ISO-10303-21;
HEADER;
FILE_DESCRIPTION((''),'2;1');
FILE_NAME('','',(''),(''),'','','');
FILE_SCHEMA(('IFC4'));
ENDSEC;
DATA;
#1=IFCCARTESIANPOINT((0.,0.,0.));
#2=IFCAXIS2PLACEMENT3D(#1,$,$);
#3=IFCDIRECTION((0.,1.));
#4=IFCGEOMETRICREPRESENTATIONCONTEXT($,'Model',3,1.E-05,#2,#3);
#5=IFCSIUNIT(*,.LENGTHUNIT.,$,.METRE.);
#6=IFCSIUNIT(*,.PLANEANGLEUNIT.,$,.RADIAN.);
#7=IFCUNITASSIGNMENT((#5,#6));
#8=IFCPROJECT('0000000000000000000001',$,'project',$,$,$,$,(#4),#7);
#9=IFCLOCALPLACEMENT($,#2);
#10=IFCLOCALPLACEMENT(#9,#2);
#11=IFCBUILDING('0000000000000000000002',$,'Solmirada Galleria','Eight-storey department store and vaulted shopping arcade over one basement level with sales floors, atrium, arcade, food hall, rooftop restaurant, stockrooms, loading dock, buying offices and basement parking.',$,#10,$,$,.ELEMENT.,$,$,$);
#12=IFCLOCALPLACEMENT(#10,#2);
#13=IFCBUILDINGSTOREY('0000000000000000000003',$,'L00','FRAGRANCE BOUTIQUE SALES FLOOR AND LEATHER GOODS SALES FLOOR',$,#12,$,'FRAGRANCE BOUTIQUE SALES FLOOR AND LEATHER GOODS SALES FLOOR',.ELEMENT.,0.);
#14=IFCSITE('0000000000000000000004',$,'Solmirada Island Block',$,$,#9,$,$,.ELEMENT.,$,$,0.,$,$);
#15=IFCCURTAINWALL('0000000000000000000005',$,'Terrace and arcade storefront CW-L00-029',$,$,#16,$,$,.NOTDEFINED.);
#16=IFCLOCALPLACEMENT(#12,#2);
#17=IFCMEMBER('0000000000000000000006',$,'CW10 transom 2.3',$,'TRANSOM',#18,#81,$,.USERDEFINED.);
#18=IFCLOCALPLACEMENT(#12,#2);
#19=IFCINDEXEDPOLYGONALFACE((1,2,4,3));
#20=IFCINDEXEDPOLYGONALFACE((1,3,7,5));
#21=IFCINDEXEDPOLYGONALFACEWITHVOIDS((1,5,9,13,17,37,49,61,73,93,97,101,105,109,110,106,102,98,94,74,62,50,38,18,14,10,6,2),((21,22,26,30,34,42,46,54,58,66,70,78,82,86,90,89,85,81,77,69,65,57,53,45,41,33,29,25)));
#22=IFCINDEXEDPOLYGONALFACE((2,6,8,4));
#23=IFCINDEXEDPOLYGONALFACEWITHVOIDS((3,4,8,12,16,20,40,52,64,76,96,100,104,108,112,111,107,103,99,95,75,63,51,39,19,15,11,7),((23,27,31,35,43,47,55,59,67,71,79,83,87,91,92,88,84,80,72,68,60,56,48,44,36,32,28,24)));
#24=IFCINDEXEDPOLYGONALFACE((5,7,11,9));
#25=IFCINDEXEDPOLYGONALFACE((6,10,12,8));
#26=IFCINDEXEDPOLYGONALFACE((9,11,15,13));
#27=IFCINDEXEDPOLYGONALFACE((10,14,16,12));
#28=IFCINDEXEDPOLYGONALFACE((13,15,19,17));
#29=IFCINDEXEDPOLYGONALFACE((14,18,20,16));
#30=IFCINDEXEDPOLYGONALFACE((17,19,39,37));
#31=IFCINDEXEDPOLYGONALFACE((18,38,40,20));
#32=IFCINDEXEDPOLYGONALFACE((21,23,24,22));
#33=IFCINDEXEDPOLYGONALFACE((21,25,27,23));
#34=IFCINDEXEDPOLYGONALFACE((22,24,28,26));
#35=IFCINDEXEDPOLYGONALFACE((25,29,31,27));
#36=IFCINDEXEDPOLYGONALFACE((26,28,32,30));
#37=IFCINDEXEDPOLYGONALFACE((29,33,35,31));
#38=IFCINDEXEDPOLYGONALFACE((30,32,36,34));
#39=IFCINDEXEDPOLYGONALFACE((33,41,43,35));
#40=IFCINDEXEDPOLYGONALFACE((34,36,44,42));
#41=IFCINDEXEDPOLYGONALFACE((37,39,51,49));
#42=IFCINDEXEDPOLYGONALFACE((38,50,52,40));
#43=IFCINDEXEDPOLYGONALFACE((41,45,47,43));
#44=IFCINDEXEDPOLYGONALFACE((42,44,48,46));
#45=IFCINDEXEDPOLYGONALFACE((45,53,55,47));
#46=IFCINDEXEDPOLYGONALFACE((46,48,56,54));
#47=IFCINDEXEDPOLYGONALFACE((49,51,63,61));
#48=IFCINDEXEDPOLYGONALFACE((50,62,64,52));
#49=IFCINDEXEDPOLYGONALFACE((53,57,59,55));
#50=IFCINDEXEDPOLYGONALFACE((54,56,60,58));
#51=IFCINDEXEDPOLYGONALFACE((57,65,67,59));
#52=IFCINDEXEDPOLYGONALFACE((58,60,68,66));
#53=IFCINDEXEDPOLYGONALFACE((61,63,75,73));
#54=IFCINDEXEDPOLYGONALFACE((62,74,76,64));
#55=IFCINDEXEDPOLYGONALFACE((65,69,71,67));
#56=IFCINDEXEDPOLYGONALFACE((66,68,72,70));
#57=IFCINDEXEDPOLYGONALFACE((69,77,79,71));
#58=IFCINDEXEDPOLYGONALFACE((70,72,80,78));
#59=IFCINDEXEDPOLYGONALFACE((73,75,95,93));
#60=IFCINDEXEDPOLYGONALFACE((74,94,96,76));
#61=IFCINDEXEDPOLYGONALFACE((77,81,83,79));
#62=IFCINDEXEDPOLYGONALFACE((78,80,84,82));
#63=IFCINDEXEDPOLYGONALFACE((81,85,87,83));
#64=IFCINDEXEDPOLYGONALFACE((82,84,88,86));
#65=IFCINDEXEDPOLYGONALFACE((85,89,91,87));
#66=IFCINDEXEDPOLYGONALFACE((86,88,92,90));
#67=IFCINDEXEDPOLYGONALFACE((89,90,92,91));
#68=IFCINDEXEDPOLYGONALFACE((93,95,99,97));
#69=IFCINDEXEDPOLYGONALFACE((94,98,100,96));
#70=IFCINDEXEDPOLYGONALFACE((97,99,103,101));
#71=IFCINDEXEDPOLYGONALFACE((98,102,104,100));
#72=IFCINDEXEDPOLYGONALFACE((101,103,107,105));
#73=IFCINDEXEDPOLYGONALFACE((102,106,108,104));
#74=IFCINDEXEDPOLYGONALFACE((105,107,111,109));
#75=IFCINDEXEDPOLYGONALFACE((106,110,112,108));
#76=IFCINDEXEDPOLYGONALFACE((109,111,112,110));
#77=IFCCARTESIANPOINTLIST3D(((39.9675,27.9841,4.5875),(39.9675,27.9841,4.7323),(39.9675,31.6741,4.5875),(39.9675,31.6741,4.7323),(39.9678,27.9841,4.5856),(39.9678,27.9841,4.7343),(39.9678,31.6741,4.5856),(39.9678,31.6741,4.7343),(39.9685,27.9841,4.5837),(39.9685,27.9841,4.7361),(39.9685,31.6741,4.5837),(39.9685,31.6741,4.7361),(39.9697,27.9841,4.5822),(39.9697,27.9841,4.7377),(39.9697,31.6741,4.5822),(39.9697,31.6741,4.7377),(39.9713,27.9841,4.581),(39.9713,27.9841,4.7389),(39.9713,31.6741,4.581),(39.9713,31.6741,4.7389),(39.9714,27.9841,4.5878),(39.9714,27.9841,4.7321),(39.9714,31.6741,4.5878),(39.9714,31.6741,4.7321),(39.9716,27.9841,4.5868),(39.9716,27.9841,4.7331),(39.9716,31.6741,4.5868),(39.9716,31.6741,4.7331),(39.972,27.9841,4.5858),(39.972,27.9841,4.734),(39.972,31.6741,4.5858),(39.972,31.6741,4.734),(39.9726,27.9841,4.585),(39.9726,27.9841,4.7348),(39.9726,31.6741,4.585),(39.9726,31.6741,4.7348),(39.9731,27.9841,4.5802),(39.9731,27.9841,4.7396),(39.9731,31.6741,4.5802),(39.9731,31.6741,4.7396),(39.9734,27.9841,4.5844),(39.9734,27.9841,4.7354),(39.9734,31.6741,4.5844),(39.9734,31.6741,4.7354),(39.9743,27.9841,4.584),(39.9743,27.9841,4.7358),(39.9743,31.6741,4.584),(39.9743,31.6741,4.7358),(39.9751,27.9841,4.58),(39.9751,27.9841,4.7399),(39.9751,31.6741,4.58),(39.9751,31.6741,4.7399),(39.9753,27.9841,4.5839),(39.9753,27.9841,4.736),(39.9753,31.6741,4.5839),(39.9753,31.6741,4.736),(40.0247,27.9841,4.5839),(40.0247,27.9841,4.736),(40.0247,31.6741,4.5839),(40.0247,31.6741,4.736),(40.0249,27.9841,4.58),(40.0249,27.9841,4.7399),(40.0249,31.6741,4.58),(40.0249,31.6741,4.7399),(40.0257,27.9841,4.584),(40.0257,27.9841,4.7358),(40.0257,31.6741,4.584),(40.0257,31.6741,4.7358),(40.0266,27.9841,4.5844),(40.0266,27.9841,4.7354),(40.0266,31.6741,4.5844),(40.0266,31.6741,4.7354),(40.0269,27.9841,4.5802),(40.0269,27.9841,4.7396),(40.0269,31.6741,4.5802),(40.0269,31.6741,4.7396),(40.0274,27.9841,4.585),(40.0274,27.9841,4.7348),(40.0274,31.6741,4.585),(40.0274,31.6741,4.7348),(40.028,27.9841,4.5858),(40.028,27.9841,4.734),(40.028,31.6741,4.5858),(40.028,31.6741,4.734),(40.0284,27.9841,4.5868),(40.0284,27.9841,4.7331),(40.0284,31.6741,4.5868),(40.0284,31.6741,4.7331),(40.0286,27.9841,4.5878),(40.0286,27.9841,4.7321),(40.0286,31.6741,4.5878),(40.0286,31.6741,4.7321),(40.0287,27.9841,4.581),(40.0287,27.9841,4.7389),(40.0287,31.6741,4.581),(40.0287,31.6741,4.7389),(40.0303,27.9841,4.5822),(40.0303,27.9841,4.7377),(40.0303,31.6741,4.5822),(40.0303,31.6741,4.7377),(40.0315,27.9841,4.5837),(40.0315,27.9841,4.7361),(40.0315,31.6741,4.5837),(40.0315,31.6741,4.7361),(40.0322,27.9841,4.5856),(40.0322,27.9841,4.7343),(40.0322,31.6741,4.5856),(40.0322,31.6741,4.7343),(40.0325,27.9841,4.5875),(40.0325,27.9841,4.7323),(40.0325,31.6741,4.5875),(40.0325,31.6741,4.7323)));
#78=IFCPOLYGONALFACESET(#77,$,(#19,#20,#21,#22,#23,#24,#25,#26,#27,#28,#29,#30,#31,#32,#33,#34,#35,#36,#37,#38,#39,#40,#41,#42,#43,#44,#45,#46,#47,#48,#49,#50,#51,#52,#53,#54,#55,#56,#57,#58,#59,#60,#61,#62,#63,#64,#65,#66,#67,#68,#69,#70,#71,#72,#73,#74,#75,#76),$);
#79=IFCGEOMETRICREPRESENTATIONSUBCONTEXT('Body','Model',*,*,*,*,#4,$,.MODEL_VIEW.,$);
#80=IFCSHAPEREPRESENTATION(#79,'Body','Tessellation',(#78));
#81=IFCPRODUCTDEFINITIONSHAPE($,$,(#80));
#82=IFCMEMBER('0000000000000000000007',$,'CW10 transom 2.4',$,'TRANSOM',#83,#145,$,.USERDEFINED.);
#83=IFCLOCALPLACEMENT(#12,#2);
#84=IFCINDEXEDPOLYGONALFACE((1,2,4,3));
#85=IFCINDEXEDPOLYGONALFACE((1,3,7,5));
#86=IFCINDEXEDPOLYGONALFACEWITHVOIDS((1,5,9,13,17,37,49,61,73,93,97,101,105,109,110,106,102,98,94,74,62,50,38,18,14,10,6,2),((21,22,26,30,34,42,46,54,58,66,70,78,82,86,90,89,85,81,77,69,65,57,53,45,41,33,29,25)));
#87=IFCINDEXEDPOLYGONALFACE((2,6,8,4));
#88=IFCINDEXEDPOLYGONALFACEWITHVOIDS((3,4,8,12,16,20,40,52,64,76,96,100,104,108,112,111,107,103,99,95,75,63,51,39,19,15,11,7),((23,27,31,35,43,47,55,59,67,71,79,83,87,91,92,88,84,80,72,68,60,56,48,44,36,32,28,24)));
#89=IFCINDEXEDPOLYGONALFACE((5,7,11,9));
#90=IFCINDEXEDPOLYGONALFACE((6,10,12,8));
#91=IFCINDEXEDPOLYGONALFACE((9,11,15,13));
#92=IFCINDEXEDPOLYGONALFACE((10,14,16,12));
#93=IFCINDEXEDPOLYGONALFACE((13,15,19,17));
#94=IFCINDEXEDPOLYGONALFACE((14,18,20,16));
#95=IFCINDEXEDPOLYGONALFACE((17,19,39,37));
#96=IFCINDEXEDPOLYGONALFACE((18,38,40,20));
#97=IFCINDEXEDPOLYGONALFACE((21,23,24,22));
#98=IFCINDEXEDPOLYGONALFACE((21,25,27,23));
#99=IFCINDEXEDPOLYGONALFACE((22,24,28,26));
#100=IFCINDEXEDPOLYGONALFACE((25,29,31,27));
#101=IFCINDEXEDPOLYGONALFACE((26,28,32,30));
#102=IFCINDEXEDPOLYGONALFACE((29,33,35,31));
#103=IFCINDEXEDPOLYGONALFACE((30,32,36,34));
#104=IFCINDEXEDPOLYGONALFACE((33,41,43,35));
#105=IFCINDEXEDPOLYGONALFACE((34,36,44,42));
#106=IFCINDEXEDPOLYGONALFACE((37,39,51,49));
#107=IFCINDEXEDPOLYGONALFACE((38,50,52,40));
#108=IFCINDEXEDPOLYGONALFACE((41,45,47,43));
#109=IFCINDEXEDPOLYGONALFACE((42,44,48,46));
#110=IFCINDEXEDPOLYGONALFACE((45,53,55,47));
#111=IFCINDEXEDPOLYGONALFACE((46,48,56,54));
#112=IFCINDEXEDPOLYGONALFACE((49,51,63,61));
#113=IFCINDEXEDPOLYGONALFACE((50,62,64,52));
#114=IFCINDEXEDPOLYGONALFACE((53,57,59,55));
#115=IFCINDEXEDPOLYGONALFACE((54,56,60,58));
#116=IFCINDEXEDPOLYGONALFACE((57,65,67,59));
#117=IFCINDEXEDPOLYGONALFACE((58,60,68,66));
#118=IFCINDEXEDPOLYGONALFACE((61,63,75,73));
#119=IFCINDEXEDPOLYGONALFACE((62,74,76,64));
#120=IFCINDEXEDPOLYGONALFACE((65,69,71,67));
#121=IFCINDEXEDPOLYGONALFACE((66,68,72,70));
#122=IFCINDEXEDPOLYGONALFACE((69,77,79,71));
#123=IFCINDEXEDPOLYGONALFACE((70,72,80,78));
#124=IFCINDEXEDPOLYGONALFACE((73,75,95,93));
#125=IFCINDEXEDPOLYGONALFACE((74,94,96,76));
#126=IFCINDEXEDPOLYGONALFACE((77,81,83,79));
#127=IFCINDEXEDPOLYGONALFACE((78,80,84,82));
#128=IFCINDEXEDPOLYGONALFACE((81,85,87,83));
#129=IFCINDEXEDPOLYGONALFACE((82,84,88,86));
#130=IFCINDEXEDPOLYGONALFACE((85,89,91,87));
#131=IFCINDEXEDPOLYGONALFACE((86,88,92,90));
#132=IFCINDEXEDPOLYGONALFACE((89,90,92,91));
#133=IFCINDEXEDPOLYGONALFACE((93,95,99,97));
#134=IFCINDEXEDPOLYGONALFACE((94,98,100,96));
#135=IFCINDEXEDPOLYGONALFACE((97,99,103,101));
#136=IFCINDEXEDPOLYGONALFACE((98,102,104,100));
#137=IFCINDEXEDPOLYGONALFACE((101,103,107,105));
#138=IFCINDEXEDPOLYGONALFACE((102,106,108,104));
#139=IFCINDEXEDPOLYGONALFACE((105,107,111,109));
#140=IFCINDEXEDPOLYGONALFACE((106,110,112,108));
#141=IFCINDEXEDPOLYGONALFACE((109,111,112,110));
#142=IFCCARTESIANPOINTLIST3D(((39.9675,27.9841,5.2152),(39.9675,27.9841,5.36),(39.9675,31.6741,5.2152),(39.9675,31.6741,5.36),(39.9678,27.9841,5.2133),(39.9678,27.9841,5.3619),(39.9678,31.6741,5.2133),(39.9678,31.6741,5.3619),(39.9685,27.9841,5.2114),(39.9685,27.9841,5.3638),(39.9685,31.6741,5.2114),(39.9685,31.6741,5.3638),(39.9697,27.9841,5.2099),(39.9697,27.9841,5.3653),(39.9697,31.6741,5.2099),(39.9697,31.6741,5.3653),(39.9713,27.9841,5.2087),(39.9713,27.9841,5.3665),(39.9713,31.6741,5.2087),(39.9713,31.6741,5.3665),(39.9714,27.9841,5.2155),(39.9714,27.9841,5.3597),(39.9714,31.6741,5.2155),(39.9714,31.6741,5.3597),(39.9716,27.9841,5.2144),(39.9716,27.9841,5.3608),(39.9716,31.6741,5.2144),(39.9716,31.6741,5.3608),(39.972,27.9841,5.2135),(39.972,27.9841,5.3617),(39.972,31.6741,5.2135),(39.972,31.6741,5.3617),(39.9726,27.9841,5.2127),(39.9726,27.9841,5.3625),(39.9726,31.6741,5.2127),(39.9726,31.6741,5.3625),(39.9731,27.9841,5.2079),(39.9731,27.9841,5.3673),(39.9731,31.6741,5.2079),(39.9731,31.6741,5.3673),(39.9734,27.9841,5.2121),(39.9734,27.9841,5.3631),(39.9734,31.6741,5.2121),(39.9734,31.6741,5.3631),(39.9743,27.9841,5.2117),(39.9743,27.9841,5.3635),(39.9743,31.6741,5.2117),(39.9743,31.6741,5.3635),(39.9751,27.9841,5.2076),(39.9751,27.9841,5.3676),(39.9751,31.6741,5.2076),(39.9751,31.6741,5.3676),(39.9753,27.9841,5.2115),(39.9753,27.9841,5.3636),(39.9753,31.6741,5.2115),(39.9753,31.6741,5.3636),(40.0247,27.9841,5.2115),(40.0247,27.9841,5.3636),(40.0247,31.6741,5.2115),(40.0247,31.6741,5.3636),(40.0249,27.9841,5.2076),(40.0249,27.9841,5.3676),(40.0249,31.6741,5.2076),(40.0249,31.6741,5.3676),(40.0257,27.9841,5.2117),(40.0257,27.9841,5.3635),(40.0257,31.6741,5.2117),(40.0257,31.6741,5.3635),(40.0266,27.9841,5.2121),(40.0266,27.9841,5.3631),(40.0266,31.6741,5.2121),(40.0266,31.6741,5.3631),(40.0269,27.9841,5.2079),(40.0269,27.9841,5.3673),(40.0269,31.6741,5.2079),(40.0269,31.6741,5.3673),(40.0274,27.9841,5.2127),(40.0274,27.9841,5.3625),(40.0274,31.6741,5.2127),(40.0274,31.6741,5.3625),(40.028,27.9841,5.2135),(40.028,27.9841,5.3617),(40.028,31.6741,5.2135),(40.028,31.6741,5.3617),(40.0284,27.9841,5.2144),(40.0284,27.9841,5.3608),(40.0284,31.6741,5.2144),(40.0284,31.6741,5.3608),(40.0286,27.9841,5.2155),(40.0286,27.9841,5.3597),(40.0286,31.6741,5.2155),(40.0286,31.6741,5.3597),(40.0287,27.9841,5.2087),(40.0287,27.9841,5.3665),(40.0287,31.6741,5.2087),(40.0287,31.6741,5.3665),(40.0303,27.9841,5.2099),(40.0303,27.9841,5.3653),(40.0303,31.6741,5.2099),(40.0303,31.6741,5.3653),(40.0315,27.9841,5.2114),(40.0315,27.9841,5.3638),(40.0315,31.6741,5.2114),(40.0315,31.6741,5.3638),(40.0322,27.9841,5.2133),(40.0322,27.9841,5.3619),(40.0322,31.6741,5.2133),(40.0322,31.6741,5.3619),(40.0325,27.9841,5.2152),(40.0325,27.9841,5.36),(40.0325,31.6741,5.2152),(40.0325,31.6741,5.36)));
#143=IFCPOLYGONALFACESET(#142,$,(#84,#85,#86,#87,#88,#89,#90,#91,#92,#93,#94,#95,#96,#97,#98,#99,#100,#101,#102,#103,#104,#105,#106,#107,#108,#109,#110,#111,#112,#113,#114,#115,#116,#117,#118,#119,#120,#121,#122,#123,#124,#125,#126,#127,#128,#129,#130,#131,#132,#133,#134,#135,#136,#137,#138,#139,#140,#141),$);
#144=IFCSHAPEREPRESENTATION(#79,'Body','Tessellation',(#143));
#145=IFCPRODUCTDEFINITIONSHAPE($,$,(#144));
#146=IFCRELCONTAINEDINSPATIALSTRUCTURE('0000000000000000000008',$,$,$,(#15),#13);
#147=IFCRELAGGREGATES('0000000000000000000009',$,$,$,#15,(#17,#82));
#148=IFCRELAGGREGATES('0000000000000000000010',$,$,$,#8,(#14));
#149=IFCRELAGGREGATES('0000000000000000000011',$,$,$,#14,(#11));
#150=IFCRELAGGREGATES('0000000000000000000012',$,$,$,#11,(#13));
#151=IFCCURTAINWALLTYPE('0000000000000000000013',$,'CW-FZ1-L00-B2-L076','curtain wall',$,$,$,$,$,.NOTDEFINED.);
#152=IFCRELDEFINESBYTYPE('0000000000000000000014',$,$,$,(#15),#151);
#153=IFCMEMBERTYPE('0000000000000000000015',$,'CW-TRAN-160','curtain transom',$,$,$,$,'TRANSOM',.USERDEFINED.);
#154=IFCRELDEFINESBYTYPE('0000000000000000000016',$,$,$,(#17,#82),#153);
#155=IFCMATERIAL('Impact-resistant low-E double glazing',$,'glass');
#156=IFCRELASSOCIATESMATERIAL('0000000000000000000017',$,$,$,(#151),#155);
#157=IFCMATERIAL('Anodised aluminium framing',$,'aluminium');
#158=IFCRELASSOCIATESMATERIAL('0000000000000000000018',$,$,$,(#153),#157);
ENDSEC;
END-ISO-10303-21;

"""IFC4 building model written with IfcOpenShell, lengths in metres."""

from ifc_helpers import new_model, si_unit, direction, frame, origin, origin_2d, place, context, subcontext, project, spatial, hollow_rectangle, extrude, material, material_profile, profile_set, type_object, element, aggregate, save


model = new_model("IFC4")

# Units and contexts
model_context = context("Model", 3, precision=1e-05, world=origin(), true_north=direction((0.0, 1.0)))
body_context = subcontext(model_context, "Body", "Model", "MODEL_VIEW")
ifc_project = project(units=[si_unit("LENGTHUNIT", "METRE"), si_unit("PLANEANGLEUNIT", "RADIAN")], contexts=[model_context])

# Site, building, storey
site_placement = place(None, origin())
site = spatial("IfcSite", under=ifc_project, at=site_placement, Name="Solmirada Island Block", CompositionType="ELEMENT", RefElevation=0.0)
building_placement = place(site_placement, origin())
building = spatial("IfcBuilding", under=site, at=building_placement, Name="Solmirada Galleria", Description="Eight-storey department store and vaulted shopping arcade over one basement level with sales floors, atrium, arcade, food hall, rooftop restaurant, stockrooms, loading dock, buying offices and basement parking.", CompositionType="ELEMENT")
storey_placement = place(building_placement, origin())
storey = spatial("IfcBuildingStorey", under=building, at=storey_placement, Name="L00", Description="FRAGRANCE BOUTIQUE SALES FLOOR AND LEATHER GOODS SALES FLOOR", LongName="FRAGRANCE BOUTIQUE SALES FLOOR AND LEATHER GOODS SALES FLOOR", CompositionType="ELEMENT", Elevation=0.0)

# Curtain wall
ifc_material_1 = material(Name="Impact-resistant low-E double glazing", Category="glass")
curtain_wall_type = type_object("IfcCurtainWallType", Name="CW-FZ1-L00-B2-L076", Description="curtain wall", PredefinedType="NOTDEFINED", material=ifc_material_1)
curtain_wall_1_placement = place(storey_placement, origin())
curtain_wall_1 = element("IfcCurtainWall", 1, at=curtain_wall_1_placement, inside=storey, type_object=curtain_wall_type, Name="Terrace and arcade storefront CW-L00-029", PredefinedType="NOTDEFINED")
ifc_material_2 = material(Name="Anodised aluminium framing", Category="aluminium")

# Members
ifc_material_profile_1 = material_profile(ifc_material_2, hollow_rectangle(XDim=0.0649, YDim=0.1599, WallThickness=0.0039, InnerFilletRadius=0.0039, OuterFilletRadius=0.0076, at=origin_2d()), Name="ALU-TRAN-160X65")
ifc_profile_set_1 = profile_set([ifc_material_profile_1], Name="Anodised aluminium framing")
member_type_1 = type_object("IfcMemberType", Name="CW-TRAN-160", Description="curtain transom", ElementType="TRANSOM", PredefinedType="USERDEFINED", material=ifc_profile_set_1)
member_1_placement = place(storey_placement, frame((40.0, 27.9841, 4.6599), z_axis=(0.0, 1.0, 0.0), x_axis=(-1.0, 0.0, 0.0)))
member_1 = element("IfcMember", 2, at=member_1_placement, type_object=member_type_1, Name="CW10 transom 2.3", ObjectType="TRANSOM", PredefinedType="USERDEFINED", context=body_context, shape_type="SweptSolid", body=[
    extrude(hollow_rectangle(XDim=0.0649, YDim=0.1599, WallThickness=0.0039, InnerFilletRadius=0.0039, OuterFilletRadius=0.0076, at=origin_2d()), origin(), (0.0, 0.0, 1.0), 3.6899),
])
member_2_placement = place(storey_placement, frame((40.0, 27.9841, 5.2876), z_axis=(0.0, 1.0, 0.0), x_axis=(-1.0, 0.0, 0.0)))
member_2 = element("IfcMember", 3, at=member_2_placement, type_object=member_type_1, Name="CW10 transom 2.4", ObjectType="TRANSOM", PredefinedType="USERDEFINED", context=body_context, shape_type="SweptSolid", body=[
    extrude(hollow_rectangle(XDim=0.0649, YDim=0.1599, WallThickness=0.0039, InnerFilletRadius=0.0039, OuterFilletRadius=0.0076, at=origin_2d()), origin(), (0.0, 0.0, 1.0), 3.6899),
])

aggregate(curtain_wall_1, [member_1, member_2])

save(model, "model.ifc")
